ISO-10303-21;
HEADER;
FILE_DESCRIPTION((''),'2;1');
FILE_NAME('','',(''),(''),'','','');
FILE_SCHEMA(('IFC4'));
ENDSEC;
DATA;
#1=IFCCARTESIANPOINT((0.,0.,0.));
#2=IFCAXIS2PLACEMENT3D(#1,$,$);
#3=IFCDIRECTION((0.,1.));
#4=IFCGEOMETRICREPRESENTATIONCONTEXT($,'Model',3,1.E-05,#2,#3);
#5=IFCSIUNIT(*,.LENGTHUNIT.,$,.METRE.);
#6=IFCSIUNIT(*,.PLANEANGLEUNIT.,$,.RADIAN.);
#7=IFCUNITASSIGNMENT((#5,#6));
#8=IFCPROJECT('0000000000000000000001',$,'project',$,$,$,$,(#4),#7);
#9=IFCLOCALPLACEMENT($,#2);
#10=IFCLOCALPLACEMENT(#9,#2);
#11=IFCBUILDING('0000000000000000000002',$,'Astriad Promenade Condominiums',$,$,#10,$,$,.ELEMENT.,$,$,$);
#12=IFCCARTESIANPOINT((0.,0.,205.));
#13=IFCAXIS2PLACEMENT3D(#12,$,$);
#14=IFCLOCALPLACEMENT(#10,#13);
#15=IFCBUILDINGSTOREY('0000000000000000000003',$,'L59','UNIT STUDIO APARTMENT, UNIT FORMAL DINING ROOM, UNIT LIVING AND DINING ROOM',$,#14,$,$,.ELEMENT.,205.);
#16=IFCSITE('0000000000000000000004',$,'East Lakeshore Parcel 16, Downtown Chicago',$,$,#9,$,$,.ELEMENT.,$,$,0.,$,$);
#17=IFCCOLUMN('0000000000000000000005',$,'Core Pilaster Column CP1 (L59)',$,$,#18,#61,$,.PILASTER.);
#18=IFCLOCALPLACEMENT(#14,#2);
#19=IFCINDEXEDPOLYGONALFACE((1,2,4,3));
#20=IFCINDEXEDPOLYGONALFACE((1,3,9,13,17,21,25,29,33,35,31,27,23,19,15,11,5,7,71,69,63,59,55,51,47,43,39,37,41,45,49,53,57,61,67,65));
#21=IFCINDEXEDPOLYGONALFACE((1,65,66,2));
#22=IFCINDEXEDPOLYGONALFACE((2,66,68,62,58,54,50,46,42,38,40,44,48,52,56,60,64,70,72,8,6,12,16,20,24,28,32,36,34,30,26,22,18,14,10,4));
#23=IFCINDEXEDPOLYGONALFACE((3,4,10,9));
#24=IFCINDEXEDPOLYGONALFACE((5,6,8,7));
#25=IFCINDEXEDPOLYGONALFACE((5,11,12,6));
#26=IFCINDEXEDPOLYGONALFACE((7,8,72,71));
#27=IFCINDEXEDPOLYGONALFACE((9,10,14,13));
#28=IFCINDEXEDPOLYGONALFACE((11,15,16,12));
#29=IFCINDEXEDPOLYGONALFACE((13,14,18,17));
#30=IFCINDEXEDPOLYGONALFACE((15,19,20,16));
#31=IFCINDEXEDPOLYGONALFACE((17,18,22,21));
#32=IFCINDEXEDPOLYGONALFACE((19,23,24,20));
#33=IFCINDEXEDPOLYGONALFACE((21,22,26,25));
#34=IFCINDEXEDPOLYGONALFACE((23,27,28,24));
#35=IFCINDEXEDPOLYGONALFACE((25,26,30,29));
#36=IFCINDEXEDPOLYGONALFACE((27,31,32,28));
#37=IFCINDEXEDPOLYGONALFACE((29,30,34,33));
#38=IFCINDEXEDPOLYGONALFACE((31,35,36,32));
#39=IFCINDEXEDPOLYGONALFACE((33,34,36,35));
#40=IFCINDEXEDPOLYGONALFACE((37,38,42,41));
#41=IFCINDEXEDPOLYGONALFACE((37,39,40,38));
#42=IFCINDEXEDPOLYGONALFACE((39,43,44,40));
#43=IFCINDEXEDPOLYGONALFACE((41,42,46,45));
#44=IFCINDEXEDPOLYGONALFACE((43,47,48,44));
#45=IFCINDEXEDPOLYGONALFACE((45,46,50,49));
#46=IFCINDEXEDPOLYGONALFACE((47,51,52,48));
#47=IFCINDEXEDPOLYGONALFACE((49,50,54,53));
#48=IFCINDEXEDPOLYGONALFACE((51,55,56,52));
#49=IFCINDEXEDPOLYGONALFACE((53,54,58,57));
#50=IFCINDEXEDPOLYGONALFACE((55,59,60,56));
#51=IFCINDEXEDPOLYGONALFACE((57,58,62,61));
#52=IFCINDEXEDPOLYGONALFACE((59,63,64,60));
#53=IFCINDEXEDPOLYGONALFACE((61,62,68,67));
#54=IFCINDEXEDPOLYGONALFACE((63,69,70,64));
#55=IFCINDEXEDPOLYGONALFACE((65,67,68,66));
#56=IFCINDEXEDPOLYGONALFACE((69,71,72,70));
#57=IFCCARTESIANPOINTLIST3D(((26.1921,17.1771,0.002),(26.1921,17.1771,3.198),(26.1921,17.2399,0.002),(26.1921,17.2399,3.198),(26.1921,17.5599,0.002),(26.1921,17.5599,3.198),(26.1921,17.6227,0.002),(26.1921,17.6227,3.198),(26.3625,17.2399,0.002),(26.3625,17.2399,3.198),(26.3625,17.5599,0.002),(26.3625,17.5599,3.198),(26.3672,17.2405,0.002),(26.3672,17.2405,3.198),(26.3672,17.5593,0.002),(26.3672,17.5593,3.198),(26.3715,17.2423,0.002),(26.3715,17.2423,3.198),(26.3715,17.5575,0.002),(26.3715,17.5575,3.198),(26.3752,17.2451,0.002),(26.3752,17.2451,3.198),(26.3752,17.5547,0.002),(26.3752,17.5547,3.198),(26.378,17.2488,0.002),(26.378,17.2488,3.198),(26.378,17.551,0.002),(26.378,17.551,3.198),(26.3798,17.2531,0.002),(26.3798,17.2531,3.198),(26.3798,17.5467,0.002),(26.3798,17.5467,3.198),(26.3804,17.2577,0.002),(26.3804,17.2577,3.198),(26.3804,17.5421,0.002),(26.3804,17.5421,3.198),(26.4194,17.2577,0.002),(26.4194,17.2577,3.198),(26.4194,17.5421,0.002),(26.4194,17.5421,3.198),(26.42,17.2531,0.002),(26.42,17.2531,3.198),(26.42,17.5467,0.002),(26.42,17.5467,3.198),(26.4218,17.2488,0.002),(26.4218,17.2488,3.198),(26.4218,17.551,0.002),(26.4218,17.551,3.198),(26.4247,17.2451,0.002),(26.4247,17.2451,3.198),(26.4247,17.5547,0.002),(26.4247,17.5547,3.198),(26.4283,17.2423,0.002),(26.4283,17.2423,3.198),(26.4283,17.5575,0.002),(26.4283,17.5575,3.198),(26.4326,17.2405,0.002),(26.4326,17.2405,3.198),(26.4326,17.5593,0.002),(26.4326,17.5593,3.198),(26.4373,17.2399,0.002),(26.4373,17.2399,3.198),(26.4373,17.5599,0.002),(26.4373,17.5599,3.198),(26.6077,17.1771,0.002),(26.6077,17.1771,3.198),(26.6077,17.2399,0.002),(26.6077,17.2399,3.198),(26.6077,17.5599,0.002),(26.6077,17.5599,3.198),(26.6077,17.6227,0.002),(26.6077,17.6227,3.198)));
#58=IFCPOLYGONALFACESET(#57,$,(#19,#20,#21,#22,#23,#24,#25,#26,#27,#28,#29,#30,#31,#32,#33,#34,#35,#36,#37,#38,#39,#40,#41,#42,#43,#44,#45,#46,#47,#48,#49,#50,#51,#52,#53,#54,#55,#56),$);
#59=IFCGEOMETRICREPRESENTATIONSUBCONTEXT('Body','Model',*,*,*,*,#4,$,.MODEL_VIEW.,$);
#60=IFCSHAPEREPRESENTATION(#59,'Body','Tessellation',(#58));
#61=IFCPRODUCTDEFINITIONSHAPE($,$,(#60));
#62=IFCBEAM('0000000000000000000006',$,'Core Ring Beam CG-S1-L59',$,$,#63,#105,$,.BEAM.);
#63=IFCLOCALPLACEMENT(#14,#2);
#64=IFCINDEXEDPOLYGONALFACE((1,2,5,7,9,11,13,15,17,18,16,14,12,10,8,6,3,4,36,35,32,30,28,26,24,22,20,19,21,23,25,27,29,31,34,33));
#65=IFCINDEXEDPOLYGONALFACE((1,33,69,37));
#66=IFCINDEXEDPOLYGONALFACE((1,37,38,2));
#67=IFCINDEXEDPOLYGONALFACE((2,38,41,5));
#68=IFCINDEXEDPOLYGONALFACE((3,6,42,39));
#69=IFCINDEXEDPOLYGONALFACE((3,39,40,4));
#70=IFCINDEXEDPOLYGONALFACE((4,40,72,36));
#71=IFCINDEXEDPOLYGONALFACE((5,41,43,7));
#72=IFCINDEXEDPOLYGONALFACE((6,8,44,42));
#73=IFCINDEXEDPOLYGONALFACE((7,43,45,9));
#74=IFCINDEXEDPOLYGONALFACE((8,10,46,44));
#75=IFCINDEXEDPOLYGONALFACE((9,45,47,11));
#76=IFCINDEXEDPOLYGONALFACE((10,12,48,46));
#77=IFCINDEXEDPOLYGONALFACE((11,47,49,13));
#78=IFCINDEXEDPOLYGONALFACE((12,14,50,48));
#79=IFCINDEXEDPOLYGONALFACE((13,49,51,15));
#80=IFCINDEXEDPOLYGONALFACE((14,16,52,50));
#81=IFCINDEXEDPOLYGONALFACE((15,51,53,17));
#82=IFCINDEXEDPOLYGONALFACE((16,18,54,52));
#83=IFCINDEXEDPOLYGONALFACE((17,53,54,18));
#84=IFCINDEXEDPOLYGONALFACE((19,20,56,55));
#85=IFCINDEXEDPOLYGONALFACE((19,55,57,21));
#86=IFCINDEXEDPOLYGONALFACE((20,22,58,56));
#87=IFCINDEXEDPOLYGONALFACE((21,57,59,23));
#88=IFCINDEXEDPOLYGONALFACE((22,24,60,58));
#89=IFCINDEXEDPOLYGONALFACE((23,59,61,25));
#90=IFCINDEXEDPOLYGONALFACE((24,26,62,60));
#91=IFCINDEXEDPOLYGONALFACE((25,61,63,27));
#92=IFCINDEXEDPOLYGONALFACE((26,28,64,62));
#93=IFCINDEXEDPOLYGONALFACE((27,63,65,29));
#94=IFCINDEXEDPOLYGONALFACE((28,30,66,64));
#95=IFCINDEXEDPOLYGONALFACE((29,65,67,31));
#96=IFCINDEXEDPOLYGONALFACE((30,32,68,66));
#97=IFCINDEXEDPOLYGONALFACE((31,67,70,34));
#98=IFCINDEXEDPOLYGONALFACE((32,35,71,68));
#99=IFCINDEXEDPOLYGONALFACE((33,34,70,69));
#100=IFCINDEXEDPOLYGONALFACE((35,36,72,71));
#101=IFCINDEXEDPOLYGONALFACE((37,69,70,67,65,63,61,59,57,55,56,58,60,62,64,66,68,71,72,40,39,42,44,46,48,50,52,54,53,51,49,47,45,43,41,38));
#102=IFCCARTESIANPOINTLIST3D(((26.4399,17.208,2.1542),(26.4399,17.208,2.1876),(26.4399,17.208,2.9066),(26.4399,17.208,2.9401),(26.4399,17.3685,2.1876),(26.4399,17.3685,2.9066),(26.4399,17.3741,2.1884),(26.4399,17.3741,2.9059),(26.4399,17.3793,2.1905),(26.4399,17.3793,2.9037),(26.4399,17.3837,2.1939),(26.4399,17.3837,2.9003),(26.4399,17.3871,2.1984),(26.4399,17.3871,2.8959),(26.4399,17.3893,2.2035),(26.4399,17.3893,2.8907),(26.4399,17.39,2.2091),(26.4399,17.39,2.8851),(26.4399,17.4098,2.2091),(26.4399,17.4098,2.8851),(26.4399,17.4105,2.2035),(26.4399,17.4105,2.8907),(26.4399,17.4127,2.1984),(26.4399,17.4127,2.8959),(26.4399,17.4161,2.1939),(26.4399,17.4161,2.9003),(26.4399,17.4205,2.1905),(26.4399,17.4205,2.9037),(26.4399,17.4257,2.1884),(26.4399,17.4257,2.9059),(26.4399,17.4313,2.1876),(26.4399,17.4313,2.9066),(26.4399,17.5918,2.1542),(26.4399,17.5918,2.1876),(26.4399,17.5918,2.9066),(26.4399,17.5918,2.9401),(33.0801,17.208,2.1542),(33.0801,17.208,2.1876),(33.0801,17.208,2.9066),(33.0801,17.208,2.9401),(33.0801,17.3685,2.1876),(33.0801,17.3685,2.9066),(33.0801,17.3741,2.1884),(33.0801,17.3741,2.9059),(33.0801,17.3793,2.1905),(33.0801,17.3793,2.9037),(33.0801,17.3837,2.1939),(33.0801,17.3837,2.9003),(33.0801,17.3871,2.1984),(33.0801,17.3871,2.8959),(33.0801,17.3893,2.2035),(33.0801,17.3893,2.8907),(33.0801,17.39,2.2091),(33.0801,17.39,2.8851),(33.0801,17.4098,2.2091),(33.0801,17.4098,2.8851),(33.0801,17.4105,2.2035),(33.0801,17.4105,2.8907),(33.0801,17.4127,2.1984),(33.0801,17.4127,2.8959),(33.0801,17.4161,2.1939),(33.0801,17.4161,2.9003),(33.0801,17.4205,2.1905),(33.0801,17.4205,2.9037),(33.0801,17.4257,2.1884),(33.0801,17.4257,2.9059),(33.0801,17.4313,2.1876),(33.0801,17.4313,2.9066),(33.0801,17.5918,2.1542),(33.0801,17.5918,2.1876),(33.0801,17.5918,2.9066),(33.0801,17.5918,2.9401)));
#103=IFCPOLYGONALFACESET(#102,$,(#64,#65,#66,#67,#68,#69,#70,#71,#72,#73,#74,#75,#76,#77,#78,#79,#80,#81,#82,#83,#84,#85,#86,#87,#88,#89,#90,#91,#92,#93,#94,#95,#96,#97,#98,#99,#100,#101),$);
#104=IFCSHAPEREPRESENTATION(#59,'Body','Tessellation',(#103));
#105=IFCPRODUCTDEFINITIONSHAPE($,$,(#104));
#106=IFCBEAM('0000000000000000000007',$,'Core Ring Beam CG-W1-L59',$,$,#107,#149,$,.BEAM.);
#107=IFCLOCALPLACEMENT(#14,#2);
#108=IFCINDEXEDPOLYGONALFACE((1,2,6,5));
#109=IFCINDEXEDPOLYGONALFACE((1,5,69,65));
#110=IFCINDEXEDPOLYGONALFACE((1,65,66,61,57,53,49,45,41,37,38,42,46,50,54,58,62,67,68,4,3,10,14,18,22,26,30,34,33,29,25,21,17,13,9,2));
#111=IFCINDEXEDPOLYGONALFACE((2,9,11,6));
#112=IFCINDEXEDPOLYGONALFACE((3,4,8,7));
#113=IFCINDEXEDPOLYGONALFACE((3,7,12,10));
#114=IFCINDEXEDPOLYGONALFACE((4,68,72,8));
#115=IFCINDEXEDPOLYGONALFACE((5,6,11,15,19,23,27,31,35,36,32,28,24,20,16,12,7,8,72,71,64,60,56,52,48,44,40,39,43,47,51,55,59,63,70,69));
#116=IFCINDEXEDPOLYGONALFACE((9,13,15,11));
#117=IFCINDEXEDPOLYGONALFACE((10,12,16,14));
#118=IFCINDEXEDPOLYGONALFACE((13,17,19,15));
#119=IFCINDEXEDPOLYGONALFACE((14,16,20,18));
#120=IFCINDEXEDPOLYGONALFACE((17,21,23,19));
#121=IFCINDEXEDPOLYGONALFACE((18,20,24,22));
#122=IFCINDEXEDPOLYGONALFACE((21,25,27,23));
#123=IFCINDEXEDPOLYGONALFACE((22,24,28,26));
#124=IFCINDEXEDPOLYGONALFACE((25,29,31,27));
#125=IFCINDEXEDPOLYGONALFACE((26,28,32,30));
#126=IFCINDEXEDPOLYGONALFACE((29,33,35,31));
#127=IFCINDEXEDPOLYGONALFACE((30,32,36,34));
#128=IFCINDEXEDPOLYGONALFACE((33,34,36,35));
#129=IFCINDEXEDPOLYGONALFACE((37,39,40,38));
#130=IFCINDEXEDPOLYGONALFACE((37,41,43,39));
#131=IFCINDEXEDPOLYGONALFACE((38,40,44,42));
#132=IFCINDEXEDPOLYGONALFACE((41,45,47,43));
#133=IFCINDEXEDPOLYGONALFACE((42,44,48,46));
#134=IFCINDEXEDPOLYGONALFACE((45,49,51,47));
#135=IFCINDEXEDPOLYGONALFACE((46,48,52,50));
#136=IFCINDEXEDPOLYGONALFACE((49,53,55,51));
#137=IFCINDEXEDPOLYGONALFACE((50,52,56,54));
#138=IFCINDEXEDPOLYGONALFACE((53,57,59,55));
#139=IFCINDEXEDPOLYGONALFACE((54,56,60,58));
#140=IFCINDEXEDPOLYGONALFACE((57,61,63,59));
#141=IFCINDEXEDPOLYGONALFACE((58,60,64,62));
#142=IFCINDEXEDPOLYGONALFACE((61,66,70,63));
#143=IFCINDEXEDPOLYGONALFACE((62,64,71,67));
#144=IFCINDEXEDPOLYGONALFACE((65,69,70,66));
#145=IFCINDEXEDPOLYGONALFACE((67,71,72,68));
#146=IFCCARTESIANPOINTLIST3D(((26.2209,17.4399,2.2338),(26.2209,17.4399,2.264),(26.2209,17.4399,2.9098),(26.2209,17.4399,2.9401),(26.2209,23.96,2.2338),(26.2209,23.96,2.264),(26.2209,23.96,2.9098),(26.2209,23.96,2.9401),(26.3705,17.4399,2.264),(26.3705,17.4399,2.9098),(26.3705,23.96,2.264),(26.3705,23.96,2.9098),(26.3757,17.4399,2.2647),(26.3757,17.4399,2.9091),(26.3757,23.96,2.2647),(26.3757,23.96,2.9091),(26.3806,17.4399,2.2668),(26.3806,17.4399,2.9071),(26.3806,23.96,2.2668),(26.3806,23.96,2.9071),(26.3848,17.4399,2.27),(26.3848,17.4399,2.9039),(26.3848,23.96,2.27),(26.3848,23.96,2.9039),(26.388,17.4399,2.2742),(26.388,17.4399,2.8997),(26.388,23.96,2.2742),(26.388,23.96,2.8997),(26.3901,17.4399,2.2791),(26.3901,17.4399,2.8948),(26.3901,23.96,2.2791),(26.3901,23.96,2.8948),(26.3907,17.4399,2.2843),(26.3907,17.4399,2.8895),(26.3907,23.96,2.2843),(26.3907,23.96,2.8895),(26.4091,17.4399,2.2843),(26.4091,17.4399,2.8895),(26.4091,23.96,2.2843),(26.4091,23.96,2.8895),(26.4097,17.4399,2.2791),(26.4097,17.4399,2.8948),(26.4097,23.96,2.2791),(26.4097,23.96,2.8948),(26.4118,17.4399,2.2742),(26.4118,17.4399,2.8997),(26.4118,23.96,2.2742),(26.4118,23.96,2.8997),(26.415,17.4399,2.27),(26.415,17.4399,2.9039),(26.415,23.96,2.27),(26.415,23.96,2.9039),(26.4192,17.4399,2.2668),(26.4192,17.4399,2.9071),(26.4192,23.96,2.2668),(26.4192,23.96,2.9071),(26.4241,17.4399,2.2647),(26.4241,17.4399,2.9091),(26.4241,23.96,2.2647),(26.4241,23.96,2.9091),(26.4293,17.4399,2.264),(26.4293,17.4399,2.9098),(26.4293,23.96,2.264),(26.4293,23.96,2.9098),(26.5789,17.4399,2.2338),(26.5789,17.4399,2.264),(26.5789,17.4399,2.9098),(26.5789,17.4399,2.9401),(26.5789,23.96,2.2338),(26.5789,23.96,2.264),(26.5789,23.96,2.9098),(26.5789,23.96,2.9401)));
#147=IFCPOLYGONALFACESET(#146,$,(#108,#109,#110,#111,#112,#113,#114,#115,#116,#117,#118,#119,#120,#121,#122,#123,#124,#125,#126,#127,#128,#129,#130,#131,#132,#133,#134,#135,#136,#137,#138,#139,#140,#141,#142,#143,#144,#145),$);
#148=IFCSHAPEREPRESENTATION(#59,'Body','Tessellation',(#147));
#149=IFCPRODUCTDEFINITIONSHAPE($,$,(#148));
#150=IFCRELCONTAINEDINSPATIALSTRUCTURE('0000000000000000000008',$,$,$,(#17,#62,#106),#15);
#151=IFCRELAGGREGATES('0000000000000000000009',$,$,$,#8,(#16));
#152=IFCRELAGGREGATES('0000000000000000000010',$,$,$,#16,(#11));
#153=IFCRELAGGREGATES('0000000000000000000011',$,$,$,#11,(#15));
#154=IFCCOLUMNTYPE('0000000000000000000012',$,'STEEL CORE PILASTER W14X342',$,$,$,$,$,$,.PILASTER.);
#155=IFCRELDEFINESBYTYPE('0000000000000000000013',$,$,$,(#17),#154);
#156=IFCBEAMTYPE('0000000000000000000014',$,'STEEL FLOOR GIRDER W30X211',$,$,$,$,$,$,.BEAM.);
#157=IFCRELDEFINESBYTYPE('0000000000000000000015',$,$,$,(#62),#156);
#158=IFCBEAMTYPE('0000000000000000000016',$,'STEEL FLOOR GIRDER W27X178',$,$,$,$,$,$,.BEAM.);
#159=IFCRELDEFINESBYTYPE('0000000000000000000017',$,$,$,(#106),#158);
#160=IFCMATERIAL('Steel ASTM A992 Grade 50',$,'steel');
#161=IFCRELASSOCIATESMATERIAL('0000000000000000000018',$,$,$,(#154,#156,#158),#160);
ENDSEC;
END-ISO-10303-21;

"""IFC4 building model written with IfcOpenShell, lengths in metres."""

from ifc_helpers import new_model, si_unit, direction, frame, origin, origin_2d, place, context, subcontext, project, spatial, i_section, extrude, source, transform, mapped, material, material_profile, profile_set, type_object, type_shapes, element, save


model = new_model("IFC4")

# Units and contexts
model_context = context("Model", 3, precision=1e-05, world=origin(), true_north=direction((0.0, 1.0)))
body_context = subcontext(model_context, "Body", "Model", "MODEL_VIEW")
ifc_project = project(units=[si_unit("LENGTHUNIT", "METRE"), si_unit("PLANEANGLEUNIT", "RADIAN")], contexts=[model_context])

# Site, building, storey
site_placement = place(None, origin())
site = spatial("IfcSite", under=ifc_project, at=site_placement, Name="East Lakeshore Parcel 16, Downtown Chicago", CompositionType="ELEMENT", RefElevation=0.0)
building_placement = place(site_placement, origin())
building = spatial("IfcBuilding", under=site, at=building_placement, Name="Astriad Promenade Condominiums", CompositionType="ELEMENT")
storey_placement = place(building_placement, frame((0.0, 0.0, 205.0)))
storey = spatial("IfcBuildingStorey", under=building, at=storey_placement, Name="L59", Description="UNIT STUDIO APARTMENT, UNIT FORMAL DINING ROOM, UNIT LIVING AND DINING ROOM", CompositionType="ELEMENT", Elevation=205.0)

# Column
ifc_material_1 = material(Name="Steel ASTM A992 Grade 50", Category="steel")
ifc_material_profile_1 = material_profile(ifc_material_1, i_section(OverallWidth=0.4155, OverallDepth=0.4456, WebThickness=0.0391, FlangeThickness=0.0627, FilletRadius=0.0178, at=origin_2d()), Name="W14X342")
ifc_profile_set_1 = profile_set([ifc_material_profile_1], Name="Steel ASTM A992 Grade 50")
column_type = type_object("IfcColumnType", Name="STEEL CORE PILASTER W14X342", PredefinedType="PILASTER", material=ifc_profile_set_1)
shared_shape_1 = source(origin(), body_context, "Body", "SweptSolid", [
    extrude(i_section(OverallWidth=0.4155, OverallDepth=0.4456, WebThickness=0.0391, FlangeThickness=0.0627, FilletRadius=0.0178, at=origin_2d()), origin(), (0.0, 0.0, 1.0), 3.196),
])
type_shapes(column_type, [shared_shape_1])
column_placement = place(storey_placement, frame((26.3999, 17.3999, 0.002), z_axis=(0.0, 0.0, 1.0), x_axis=(1.0, 0.0, 0.0)))
element("IfcColumn", 1, at=column_placement, inside=storey, type_object=column_type, Name="Core Pilaster Column CP1 (L59)", PredefinedType="PILASTER", context=body_context, shape_type="MappedRepresentation", body=[
    mapped(shared_shape_1, transform((0.0, 0.0, 0.0), scale=1.0)),
])

# Beams
ifc_material_profile_2 = material_profile(ifc_material_1, i_section(OverallWidth=0.3838, OverallDepth=0.7859, WebThickness=0.0198, FlangeThickness=0.0334, FilletRadius=0.0215, at=origin_2d()), Name="W30X211")
ifc_profile_set_2 = profile_set([ifc_material_profile_2], Name="Steel ASTM A992 Grade 50")
beam_type_1 = type_object("IfcBeamType", Name="STEEL FLOOR GIRDER W30X211", PredefinedType="BEAM", material=ifc_profile_set_2)
shared_shape_2 = source(origin(), body_context, "Body", "SweptSolid", [
    extrude(i_section(OverallWidth=0.3838, OverallDepth=0.7859, WebThickness=0.0198, FlangeThickness=0.0334, FilletRadius=0.0215, at=origin_2d()), origin(), (0.0, 0.0, 1.0), 6.6401),
])
type_shapes(beam_type_1, [shared_shape_2])
beam_1_placement = place(storey_placement, frame((26.4399, 17.3999, 2.5471), z_axis=(1.0, 0.0, 0.0), x_axis=(0.0, 1.0, 0.0)))
element("IfcBeam", 2, at=beam_1_placement, inside=storey, type_object=beam_type_1, Name="Core Ring Beam CG-S1-L59", PredefinedType="BEAM", context=body_context, shape_type="MappedRepresentation", body=[
    mapped(shared_shape_2, transform((0.0, 0.0, 0.0), scale=1.0)),
])
ifc_material_profile_3 = material_profile(ifc_material_1, i_section(OverallWidth=0.3579, OverallDepth=0.7063, WebThickness=0.0183, FlangeThickness=0.0303, FilletRadius=0.0203, at=origin_2d()), Name="W27X178")
ifc_profile_set_3 = profile_set([ifc_material_profile_3], Name="Steel ASTM A992 Grade 50")
beam_type_2 = type_object("IfcBeamType", Name="STEEL FLOOR GIRDER W27X178", PredefinedType="BEAM", material=ifc_profile_set_3)
shared_shape_3 = source(origin(), body_context, "Body", "SweptSolid", [
    extrude(i_section(OverallWidth=0.3579, OverallDepth=0.7063, WebThickness=0.0183, FlangeThickness=0.0303, FilletRadius=0.0203, at=origin_2d()), origin(), (0.0, 0.0, 1.0), 6.52),
])
type_shapes(beam_type_2, [shared_shape_3])
beam_2_placement = place(storey_placement, frame((26.3999, 17.4399, 2.5869), z_axis=(0.0, 1.0, 0.0), x_axis=(-1.0, 0.0, 0.0)))
element("IfcBeam", 3, at=beam_2_placement, inside=storey, type_object=beam_type_2, Name="Core Ring Beam CG-W1-L59", PredefinedType="BEAM", context=body_context, shape_type="MappedRepresentation", body=[
    mapped(shared_shape_3, transform((0.0, 0.0, 0.0), scale=1.0)),
])

save(model, "model.ifc")
